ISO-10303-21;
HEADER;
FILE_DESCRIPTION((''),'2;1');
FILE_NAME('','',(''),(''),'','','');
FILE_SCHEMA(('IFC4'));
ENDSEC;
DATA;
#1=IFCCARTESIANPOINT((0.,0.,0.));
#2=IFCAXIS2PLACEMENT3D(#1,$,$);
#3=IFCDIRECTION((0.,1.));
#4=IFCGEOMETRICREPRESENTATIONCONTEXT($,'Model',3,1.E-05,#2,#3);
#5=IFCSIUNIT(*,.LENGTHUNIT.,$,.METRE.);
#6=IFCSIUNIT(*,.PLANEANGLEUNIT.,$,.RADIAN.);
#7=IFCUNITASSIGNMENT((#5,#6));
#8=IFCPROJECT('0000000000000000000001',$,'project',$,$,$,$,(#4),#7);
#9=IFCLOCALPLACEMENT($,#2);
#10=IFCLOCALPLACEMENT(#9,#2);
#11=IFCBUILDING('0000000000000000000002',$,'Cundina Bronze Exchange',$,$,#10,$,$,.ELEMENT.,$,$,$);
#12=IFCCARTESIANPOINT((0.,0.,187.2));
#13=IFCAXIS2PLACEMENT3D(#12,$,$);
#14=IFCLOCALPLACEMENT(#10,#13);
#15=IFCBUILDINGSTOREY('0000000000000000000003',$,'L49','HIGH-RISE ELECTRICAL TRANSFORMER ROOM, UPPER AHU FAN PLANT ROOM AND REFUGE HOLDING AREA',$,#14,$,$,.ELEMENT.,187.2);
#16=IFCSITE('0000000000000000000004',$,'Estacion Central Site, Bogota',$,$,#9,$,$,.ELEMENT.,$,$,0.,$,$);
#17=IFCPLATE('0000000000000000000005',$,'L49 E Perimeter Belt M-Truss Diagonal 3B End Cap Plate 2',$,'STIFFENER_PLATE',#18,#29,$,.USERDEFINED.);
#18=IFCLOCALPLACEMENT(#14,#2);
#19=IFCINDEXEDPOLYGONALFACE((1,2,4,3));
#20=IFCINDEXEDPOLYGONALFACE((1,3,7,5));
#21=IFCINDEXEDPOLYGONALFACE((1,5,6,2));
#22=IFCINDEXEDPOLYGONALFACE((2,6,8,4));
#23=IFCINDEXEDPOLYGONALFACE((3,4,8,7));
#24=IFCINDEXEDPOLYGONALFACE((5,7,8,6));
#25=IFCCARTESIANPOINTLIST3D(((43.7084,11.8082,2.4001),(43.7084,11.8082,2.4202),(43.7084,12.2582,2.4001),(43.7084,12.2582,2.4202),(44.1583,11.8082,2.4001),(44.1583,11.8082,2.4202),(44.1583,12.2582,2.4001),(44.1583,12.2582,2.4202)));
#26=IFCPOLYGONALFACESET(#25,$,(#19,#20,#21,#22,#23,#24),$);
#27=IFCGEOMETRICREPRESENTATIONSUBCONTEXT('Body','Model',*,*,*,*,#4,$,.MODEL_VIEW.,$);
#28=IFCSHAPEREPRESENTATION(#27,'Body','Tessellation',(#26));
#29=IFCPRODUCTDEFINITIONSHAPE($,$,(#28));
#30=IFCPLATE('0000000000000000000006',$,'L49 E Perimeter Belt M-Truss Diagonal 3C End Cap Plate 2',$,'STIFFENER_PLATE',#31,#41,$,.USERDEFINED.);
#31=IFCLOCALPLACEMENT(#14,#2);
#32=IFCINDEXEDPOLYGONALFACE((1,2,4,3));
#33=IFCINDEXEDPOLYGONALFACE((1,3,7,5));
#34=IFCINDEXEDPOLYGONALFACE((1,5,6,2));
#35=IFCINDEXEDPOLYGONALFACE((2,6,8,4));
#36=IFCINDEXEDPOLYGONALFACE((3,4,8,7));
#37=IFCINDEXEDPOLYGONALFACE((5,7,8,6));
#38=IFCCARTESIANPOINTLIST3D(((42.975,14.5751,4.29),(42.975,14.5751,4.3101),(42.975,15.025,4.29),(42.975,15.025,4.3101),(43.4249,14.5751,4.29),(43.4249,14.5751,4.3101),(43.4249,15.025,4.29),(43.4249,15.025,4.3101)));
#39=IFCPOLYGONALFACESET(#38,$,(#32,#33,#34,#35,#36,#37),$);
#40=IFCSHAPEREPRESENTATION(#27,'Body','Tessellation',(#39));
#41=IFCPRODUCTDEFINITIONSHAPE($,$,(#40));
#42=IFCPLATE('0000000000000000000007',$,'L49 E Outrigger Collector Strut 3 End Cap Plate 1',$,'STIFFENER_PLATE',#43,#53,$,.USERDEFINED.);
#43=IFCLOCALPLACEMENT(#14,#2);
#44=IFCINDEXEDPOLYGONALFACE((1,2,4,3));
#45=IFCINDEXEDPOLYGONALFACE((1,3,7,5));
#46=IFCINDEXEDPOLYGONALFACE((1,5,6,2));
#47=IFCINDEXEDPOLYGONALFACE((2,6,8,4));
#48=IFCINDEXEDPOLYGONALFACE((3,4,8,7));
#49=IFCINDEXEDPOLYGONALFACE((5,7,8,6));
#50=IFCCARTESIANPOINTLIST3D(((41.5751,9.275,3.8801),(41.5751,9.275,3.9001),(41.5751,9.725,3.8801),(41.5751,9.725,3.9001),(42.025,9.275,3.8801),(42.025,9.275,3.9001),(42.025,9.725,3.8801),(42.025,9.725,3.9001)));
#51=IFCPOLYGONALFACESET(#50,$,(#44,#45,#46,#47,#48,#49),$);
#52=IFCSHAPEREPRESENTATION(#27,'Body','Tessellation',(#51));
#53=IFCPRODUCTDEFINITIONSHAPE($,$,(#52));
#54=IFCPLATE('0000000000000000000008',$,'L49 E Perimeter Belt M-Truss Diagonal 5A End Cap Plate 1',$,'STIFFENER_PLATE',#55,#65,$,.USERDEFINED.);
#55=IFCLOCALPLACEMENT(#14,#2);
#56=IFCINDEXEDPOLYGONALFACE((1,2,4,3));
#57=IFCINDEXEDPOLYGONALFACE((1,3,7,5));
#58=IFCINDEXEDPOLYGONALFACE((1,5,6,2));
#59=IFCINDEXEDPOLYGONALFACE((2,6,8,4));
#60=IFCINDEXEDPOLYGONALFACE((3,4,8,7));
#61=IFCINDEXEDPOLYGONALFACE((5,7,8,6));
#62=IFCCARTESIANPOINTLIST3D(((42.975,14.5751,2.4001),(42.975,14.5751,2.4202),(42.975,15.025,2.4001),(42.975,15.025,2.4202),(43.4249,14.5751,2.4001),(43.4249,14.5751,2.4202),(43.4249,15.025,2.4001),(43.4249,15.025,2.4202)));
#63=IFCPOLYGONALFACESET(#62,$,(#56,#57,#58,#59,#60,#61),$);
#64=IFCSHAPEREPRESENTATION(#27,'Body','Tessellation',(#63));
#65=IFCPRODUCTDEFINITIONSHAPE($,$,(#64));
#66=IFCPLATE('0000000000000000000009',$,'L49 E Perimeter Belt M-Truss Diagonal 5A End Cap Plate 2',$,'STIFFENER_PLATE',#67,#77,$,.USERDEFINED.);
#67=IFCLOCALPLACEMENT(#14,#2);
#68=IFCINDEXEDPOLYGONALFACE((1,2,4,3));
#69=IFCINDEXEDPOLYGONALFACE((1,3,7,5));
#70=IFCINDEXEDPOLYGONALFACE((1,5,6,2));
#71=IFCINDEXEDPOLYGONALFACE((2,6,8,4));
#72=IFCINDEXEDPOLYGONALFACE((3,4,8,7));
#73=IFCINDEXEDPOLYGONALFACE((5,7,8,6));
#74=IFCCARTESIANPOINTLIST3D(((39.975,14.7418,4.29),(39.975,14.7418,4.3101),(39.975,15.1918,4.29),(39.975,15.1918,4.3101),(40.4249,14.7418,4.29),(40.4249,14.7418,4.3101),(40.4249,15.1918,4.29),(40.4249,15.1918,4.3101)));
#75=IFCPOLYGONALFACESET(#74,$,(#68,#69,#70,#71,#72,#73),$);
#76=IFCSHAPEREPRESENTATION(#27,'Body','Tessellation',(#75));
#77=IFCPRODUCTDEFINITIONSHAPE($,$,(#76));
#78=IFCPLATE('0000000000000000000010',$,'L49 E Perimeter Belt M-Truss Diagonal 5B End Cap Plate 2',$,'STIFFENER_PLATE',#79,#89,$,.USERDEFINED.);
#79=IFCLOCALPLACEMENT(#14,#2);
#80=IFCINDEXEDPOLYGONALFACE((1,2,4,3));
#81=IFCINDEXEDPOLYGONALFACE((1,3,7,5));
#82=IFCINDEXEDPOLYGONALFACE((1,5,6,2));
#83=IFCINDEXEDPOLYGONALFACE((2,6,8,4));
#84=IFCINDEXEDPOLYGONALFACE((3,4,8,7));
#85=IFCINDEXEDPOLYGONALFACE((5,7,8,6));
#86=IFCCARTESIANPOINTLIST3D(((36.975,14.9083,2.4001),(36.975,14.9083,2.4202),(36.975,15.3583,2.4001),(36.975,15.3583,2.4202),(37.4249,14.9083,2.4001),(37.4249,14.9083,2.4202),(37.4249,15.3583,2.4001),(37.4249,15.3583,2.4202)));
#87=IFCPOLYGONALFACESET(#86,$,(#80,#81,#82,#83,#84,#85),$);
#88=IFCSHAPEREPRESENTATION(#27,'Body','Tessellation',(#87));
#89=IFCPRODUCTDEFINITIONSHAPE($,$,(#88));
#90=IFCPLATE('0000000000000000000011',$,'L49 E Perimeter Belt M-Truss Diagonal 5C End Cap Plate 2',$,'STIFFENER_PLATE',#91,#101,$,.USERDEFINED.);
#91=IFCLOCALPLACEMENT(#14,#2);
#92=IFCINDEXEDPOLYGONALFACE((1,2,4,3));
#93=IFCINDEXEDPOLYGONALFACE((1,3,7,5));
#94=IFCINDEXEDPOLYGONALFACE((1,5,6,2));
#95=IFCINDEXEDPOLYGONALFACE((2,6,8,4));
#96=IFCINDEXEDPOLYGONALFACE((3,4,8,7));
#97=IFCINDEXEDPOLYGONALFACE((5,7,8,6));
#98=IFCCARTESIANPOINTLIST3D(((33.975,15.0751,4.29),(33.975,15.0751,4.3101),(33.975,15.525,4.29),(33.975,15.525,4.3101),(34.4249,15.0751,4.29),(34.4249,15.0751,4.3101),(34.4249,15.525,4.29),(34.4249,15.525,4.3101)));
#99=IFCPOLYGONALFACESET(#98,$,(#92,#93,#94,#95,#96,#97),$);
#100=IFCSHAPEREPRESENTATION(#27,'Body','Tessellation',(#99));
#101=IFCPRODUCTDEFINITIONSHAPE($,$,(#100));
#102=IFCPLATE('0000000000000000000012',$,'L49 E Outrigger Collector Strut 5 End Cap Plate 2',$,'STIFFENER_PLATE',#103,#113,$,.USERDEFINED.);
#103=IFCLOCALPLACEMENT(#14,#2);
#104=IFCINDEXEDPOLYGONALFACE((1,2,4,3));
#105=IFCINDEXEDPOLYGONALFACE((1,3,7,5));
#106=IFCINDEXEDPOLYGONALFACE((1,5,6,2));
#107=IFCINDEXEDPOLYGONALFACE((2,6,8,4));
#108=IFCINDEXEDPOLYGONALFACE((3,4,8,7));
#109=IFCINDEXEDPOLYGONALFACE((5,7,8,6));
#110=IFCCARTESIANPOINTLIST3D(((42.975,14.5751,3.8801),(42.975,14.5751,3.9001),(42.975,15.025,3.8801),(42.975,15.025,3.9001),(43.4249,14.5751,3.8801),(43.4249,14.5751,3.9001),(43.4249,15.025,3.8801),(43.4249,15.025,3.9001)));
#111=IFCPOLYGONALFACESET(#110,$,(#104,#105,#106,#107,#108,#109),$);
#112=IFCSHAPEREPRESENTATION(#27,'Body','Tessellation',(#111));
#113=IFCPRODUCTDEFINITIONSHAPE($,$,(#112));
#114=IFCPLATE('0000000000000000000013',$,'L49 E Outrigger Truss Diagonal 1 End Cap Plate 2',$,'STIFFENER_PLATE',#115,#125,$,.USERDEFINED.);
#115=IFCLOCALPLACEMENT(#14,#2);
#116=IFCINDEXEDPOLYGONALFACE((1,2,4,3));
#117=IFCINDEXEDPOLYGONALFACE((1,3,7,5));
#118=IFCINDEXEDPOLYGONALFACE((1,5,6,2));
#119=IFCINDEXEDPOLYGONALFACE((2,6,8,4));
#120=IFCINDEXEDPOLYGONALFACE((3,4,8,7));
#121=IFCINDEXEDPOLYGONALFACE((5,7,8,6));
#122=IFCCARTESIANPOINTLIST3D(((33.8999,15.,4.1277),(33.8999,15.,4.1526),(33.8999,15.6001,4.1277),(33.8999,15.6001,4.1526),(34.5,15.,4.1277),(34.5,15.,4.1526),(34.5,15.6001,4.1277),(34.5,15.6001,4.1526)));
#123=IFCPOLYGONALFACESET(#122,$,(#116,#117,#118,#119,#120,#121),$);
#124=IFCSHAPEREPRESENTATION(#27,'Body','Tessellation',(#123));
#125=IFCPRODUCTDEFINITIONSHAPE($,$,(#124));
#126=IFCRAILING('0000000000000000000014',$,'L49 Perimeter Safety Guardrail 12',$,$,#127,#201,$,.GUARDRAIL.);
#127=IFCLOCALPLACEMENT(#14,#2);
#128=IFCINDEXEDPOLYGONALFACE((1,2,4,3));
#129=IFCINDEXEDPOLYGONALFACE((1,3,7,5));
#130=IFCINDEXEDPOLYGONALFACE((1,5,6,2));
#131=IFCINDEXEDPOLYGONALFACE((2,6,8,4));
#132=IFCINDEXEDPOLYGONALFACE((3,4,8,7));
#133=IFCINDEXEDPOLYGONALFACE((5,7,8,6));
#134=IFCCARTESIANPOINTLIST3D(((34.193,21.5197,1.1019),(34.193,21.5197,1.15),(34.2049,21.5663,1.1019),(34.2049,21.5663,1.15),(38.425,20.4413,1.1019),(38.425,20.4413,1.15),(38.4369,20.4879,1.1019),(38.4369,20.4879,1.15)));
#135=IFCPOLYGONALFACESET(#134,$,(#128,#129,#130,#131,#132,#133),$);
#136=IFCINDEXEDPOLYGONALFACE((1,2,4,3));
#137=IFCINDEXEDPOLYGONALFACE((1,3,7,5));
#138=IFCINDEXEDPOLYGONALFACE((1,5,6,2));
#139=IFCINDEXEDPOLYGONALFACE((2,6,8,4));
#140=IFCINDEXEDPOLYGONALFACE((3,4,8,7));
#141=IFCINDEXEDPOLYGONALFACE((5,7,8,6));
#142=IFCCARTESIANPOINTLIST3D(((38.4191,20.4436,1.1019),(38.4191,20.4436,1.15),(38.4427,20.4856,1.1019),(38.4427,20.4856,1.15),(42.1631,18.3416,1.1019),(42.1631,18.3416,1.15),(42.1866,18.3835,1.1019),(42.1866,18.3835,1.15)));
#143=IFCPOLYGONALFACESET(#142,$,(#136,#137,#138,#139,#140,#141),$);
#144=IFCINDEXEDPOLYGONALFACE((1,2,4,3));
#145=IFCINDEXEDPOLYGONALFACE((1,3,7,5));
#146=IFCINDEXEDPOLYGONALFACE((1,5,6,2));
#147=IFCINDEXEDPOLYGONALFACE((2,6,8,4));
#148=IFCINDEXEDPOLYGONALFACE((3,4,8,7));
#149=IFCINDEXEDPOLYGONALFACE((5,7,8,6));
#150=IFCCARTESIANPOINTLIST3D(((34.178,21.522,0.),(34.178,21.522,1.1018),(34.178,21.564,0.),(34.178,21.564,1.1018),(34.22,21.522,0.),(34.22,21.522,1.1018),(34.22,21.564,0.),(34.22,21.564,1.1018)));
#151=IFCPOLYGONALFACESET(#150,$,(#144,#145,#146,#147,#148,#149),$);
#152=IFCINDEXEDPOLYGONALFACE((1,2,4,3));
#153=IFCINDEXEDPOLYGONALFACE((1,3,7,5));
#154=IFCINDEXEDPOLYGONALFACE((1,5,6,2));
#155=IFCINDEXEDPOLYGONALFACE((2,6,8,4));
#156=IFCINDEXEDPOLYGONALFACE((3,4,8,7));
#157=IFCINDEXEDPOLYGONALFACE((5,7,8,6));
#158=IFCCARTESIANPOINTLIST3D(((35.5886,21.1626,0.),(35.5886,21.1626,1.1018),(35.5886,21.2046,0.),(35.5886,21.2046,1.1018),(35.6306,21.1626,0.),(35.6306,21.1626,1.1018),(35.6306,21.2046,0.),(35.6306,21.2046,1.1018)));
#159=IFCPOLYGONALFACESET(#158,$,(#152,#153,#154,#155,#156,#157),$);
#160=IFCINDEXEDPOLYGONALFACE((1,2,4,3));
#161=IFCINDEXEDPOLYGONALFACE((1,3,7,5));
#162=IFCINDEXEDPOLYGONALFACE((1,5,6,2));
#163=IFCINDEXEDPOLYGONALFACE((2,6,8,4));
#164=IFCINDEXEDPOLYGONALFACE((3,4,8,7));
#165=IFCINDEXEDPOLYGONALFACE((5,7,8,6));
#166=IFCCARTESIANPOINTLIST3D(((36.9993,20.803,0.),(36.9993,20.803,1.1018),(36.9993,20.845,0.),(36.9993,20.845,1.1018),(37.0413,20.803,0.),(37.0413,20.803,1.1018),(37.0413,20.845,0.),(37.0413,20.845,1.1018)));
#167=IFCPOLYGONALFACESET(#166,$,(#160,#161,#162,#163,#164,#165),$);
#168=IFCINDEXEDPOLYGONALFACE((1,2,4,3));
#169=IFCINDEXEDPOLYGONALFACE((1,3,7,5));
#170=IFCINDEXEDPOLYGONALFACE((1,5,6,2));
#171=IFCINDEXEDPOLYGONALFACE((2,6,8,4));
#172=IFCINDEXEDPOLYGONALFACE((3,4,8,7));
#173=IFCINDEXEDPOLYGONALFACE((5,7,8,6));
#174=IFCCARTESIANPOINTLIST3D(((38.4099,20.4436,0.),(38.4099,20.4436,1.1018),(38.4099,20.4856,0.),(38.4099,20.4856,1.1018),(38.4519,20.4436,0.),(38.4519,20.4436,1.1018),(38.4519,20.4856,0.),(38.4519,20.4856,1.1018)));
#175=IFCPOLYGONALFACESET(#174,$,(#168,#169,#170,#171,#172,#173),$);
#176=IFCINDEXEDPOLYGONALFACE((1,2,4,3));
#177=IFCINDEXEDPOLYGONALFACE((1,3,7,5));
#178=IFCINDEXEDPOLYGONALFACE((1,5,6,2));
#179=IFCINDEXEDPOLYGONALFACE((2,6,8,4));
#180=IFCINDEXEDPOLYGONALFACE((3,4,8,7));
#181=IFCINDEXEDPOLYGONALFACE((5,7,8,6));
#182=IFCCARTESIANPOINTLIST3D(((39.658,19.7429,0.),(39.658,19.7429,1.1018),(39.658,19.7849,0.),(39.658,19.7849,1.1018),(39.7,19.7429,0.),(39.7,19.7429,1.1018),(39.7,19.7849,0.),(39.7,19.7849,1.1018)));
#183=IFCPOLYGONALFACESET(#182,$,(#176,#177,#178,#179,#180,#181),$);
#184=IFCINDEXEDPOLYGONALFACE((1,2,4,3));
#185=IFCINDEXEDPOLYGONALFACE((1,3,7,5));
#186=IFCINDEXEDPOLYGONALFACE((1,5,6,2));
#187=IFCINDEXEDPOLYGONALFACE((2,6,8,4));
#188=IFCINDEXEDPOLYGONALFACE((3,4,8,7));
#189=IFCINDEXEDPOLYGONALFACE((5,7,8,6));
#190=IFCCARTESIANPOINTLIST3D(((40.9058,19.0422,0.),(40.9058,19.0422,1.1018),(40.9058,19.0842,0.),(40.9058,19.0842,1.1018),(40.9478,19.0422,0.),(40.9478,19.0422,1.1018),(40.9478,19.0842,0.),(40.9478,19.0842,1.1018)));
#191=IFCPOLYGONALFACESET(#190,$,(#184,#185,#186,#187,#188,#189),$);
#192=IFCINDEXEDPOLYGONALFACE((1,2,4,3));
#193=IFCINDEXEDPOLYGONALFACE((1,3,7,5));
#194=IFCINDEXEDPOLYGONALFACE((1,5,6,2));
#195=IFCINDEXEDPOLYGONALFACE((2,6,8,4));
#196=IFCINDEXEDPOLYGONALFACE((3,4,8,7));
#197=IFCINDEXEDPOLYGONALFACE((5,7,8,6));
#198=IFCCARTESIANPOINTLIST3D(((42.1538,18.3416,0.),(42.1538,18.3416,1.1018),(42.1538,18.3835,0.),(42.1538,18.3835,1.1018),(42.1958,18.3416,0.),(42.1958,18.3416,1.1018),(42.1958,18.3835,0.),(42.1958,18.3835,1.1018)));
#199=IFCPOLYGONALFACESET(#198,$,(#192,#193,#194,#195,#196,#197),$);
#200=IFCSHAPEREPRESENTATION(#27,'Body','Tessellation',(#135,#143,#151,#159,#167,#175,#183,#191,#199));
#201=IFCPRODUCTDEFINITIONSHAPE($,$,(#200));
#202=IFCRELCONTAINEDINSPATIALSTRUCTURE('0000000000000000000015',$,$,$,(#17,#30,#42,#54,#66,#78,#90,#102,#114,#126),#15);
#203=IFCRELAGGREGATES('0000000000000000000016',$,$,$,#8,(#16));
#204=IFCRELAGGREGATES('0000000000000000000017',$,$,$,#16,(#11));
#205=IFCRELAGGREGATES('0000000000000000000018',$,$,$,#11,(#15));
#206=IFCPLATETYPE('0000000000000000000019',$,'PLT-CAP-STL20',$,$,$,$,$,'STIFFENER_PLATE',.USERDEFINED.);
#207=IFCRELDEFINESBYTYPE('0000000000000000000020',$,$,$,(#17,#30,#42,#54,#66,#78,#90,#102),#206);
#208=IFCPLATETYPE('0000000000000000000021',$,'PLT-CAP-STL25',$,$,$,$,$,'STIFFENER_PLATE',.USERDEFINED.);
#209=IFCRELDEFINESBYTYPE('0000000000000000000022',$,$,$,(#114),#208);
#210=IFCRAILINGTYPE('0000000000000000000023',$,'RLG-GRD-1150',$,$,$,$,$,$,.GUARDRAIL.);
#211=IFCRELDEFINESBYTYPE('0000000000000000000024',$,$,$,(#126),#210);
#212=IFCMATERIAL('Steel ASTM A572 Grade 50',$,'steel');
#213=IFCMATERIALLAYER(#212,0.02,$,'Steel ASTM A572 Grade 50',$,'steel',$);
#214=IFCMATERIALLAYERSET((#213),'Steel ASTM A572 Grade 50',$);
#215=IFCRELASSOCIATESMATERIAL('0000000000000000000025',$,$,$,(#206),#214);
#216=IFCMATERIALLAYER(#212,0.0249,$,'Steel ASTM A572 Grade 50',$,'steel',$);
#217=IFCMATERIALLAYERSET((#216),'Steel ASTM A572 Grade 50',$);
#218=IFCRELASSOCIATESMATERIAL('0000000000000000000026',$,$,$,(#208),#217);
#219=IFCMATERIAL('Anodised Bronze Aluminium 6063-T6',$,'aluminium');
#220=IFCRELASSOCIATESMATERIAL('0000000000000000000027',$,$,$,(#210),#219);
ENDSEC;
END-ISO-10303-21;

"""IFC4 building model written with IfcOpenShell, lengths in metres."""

from ifc_helpers import new_model, si_unit, direction, frame, origin, origin_2d, place, context, subcontext, project, spatial, rectangle, extrude, material, layer, layer_set, type_object, element, save


model = new_model("IFC4")

# Units and contexts
model_context = context("Model", 3, precision=1e-05, world=origin(), true_north=direction((0.0, 1.0)))
body_context = subcontext(model_context, "Body", "Model", "MODEL_VIEW")
ifc_project = project(units=[si_unit("LENGTHUNIT", "METRE"), si_unit("PLANEANGLEUNIT", "RADIAN")], contexts=[model_context])

# Site, building, storey
site_placement = place(None, origin())
site = spatial("IfcSite", under=ifc_project, at=site_placement, Name="Estacion Central Site, Bogota", CompositionType="ELEMENT", RefElevation=0.0)
building_placement = place(site_placement, origin())
building = spatial("IfcBuilding", under=site, at=building_placement, Name="Cundina Bronze Exchange", CompositionType="ELEMENT")
storey_placement = place(building_placement, frame((0.0, 0.0, 187.2)))
storey = spatial("IfcBuildingStorey", under=building, at=storey_placement, Name="L49", Description="HIGH-RISE ELECTRICAL TRANSFORMER ROOM, UPPER AHU FAN PLANT ROOM AND REFUGE HOLDING AREA", CompositionType="ELEMENT", Elevation=187.2)

# Plates
ifc_material_1 = material(Name="Steel ASTM A572 Grade 50", Category="steel")
ifc_layer_1 = layer(ifc_material_1, 0.02, Name="Steel ASTM A572 Grade 50", Category="steel")
ifc_layer_set_1 = layer_set([ifc_layer_1], Name="Steel ASTM A572 Grade 50")
plate_type_1 = type_object("IfcPlateType", Name="PLT-CAP-STL20", ElementType="STIFFENER_PLATE", PredefinedType="USERDEFINED", material=ifc_layer_set_1)
for number, where, z_axis, x_axis, name in (
    (1, (43.9333, 12.0332, 2.4001), (0.0, 0.0, 1.0), (1.0, 0.0, 0.0), "L49 E Perimeter Belt M-Truss Diagonal 3B End Cap Plate 2"),
    (2, (43.2, 14.8, 4.29), (0.0, 0.0, 1.0), (1.0, 0.0, 0.0), "L49 E Perimeter Belt M-Truss Diagonal 3C End Cap Plate 2"),
    (3, (41.8, 9.5, 3.8801), (0.0, 0.0, 1.0), (1.0, 0.0, 0.0), "L49 E Outrigger Collector Strut 3 End Cap Plate 1"),
    (4, (43.2, 14.8, 2.4001), (0.0, 0.0, 1.0), (1.0, 0.0, 0.0), "L49 E Perimeter Belt M-Truss Diagonal 5A End Cap Plate 1"),
    (5, (40.2, 14.9668, 4.29), (0.0, 0.0, 1.0), (1.0, 0.0, 0.0), "L49 E Perimeter Belt M-Truss Diagonal 5A End Cap Plate 2"),
    (6, (37.2, 15.1333, 2.4001), (0.0, 0.0, 1.0), (1.0, 0.0, 0.0), "L49 E Perimeter Belt M-Truss Diagonal 5B End Cap Plate 2"),
    (7, (34.2, 15.3, 4.29), (0.0, 0.0, 1.0), (1.0, 0.0, 0.0), "L49 E Perimeter Belt M-Truss Diagonal 5C End Cap Plate 2"),
    (8, (43.2, 14.8, 3.8801), (0.0, 0.0, 1.0), (1.0, 0.0, 0.0), "L49 E Outrigger Collector Strut 5 End Cap Plate 2"),
):
    element("IfcPlate", number, at=place(storey_placement, frame(where, z_axis=z_axis, x_axis=x_axis)), inside=storey, type_object=plate_type_1, Name=name, ObjectType="STIFFENER_PLATE", PredefinedType="USERDEFINED", context=body_context, shape_type="SweptSolid", body=[
        extrude(rectangle(XDim=0.45, YDim=0.45, at=origin_2d()), origin(), (0.0, 0.0, 1.0), 0.02),
    ])
ifc_layer_2 = layer(ifc_material_1, 0.0249, Name="Steel ASTM A572 Grade 50", Category="steel")
ifc_layer_set_2 = layer_set([ifc_layer_2], Name="Steel ASTM A572 Grade 50")
plate_type_2 = type_object("IfcPlateType", Name="PLT-CAP-STL25", ElementType="STIFFENER_PLATE", PredefinedType="USERDEFINED", material=ifc_layer_set_2)
plate_placement = place(storey_placement, frame((34.2, 15.3, 4.1277), z_axis=(0.0, 0.0, 1.0), x_axis=(1.0, 0.0, 0.0)))
element("IfcPlate", 9, at=plate_placement, inside=storey, type_object=plate_type_2, Name="L49 E Outrigger Truss Diagonal 1 End Cap Plate 2", ObjectType="STIFFENER_PLATE", PredefinedType="USERDEFINED", context=body_context, shape_type="SweptSolid", body=[
    extrude(rectangle(XDim=0.6001, YDim=0.6001, at=origin_2d()), origin(), (0.0, 0.0, 1.0), 0.0249),
])

# Railing
ifc_material_2 = material(Name="Anodised Bronze Aluminium 6063-T6", Category="aluminium")
railing_type = type_object("IfcRailingType", Name="RLG-GRD-1150", PredefinedType="GUARDRAIL", material=ifc_material_2)
railing_1_placement = place(storey_placement, frame((34.199, 21.543, 0.0)))
element("IfcRailing", 10, at=railing_1_placement, inside=storey, type_object=railing_type, Name="L49 Perimeter Safety Guardrail 12", PredefinedType="GUARDRAIL", context=body_context, shape_type="SweptSolid", body=[
    extrude(rectangle(XDim=0.0481, YDim=0.0481, at=origin_2d()), frame((0.0, 0.0, 1.126), z_axis=(0.969034, -0.246927, 0.0), x_axis=(0.246927, 0.969034, 0.0)), (0.0, 0.0, 1.0), 4.3672),
    extrude(rectangle(XDim=0.0481, YDim=0.0481, at=origin_2d()), frame((4.2319, -1.0784, 1.126), z_axis=(0.871962, -0.489573, 0.0), x_axis=(0.489573, 0.871962, 0.0)), (0.0, 0.0, 1.0), 4.2937),
    extrude(rectangle(XDim=0.042, YDim=0.042, at=origin_2d()), origin(), (0.0, 0.0, 1.0), 1.1018),
    extrude(rectangle(XDim=0.042, YDim=0.042, at=origin_2d()), frame((1.4106, -0.3594, 0.0)), (0.0, 0.0, 1.0), 1.1018),
    extrude(rectangle(XDim=0.042, YDim=0.042, at=origin_2d()), frame((2.8213, -0.719, 0.0)), (0.0, 0.0, 1.0), 1.1018),
    extrude(rectangle(XDim=0.042, YDim=0.042, at=origin_2d()), frame((4.2319, -1.0784, 0.0)), (0.0, 0.0, 1.0), 1.1018),
    extrude(rectangle(XDim=0.042, YDim=0.042, at=origin_2d()), frame((5.48, -1.7791, 0.0)), (0.0, 0.0, 1.0), 1.1018),
    extrude(rectangle(XDim=0.042, YDim=0.042, at=origin_2d()), frame((6.7278, -2.4797, 0.0)), (0.0, 0.0, 1.0), 1.1018),
    extrude(rectangle(XDim=0.042, YDim=0.042, at=origin_2d()), frame((7.9758, -3.1804, 0.0)), (0.0, 0.0, 1.0), 1.1018),
])

save(model, "model.ifc")
